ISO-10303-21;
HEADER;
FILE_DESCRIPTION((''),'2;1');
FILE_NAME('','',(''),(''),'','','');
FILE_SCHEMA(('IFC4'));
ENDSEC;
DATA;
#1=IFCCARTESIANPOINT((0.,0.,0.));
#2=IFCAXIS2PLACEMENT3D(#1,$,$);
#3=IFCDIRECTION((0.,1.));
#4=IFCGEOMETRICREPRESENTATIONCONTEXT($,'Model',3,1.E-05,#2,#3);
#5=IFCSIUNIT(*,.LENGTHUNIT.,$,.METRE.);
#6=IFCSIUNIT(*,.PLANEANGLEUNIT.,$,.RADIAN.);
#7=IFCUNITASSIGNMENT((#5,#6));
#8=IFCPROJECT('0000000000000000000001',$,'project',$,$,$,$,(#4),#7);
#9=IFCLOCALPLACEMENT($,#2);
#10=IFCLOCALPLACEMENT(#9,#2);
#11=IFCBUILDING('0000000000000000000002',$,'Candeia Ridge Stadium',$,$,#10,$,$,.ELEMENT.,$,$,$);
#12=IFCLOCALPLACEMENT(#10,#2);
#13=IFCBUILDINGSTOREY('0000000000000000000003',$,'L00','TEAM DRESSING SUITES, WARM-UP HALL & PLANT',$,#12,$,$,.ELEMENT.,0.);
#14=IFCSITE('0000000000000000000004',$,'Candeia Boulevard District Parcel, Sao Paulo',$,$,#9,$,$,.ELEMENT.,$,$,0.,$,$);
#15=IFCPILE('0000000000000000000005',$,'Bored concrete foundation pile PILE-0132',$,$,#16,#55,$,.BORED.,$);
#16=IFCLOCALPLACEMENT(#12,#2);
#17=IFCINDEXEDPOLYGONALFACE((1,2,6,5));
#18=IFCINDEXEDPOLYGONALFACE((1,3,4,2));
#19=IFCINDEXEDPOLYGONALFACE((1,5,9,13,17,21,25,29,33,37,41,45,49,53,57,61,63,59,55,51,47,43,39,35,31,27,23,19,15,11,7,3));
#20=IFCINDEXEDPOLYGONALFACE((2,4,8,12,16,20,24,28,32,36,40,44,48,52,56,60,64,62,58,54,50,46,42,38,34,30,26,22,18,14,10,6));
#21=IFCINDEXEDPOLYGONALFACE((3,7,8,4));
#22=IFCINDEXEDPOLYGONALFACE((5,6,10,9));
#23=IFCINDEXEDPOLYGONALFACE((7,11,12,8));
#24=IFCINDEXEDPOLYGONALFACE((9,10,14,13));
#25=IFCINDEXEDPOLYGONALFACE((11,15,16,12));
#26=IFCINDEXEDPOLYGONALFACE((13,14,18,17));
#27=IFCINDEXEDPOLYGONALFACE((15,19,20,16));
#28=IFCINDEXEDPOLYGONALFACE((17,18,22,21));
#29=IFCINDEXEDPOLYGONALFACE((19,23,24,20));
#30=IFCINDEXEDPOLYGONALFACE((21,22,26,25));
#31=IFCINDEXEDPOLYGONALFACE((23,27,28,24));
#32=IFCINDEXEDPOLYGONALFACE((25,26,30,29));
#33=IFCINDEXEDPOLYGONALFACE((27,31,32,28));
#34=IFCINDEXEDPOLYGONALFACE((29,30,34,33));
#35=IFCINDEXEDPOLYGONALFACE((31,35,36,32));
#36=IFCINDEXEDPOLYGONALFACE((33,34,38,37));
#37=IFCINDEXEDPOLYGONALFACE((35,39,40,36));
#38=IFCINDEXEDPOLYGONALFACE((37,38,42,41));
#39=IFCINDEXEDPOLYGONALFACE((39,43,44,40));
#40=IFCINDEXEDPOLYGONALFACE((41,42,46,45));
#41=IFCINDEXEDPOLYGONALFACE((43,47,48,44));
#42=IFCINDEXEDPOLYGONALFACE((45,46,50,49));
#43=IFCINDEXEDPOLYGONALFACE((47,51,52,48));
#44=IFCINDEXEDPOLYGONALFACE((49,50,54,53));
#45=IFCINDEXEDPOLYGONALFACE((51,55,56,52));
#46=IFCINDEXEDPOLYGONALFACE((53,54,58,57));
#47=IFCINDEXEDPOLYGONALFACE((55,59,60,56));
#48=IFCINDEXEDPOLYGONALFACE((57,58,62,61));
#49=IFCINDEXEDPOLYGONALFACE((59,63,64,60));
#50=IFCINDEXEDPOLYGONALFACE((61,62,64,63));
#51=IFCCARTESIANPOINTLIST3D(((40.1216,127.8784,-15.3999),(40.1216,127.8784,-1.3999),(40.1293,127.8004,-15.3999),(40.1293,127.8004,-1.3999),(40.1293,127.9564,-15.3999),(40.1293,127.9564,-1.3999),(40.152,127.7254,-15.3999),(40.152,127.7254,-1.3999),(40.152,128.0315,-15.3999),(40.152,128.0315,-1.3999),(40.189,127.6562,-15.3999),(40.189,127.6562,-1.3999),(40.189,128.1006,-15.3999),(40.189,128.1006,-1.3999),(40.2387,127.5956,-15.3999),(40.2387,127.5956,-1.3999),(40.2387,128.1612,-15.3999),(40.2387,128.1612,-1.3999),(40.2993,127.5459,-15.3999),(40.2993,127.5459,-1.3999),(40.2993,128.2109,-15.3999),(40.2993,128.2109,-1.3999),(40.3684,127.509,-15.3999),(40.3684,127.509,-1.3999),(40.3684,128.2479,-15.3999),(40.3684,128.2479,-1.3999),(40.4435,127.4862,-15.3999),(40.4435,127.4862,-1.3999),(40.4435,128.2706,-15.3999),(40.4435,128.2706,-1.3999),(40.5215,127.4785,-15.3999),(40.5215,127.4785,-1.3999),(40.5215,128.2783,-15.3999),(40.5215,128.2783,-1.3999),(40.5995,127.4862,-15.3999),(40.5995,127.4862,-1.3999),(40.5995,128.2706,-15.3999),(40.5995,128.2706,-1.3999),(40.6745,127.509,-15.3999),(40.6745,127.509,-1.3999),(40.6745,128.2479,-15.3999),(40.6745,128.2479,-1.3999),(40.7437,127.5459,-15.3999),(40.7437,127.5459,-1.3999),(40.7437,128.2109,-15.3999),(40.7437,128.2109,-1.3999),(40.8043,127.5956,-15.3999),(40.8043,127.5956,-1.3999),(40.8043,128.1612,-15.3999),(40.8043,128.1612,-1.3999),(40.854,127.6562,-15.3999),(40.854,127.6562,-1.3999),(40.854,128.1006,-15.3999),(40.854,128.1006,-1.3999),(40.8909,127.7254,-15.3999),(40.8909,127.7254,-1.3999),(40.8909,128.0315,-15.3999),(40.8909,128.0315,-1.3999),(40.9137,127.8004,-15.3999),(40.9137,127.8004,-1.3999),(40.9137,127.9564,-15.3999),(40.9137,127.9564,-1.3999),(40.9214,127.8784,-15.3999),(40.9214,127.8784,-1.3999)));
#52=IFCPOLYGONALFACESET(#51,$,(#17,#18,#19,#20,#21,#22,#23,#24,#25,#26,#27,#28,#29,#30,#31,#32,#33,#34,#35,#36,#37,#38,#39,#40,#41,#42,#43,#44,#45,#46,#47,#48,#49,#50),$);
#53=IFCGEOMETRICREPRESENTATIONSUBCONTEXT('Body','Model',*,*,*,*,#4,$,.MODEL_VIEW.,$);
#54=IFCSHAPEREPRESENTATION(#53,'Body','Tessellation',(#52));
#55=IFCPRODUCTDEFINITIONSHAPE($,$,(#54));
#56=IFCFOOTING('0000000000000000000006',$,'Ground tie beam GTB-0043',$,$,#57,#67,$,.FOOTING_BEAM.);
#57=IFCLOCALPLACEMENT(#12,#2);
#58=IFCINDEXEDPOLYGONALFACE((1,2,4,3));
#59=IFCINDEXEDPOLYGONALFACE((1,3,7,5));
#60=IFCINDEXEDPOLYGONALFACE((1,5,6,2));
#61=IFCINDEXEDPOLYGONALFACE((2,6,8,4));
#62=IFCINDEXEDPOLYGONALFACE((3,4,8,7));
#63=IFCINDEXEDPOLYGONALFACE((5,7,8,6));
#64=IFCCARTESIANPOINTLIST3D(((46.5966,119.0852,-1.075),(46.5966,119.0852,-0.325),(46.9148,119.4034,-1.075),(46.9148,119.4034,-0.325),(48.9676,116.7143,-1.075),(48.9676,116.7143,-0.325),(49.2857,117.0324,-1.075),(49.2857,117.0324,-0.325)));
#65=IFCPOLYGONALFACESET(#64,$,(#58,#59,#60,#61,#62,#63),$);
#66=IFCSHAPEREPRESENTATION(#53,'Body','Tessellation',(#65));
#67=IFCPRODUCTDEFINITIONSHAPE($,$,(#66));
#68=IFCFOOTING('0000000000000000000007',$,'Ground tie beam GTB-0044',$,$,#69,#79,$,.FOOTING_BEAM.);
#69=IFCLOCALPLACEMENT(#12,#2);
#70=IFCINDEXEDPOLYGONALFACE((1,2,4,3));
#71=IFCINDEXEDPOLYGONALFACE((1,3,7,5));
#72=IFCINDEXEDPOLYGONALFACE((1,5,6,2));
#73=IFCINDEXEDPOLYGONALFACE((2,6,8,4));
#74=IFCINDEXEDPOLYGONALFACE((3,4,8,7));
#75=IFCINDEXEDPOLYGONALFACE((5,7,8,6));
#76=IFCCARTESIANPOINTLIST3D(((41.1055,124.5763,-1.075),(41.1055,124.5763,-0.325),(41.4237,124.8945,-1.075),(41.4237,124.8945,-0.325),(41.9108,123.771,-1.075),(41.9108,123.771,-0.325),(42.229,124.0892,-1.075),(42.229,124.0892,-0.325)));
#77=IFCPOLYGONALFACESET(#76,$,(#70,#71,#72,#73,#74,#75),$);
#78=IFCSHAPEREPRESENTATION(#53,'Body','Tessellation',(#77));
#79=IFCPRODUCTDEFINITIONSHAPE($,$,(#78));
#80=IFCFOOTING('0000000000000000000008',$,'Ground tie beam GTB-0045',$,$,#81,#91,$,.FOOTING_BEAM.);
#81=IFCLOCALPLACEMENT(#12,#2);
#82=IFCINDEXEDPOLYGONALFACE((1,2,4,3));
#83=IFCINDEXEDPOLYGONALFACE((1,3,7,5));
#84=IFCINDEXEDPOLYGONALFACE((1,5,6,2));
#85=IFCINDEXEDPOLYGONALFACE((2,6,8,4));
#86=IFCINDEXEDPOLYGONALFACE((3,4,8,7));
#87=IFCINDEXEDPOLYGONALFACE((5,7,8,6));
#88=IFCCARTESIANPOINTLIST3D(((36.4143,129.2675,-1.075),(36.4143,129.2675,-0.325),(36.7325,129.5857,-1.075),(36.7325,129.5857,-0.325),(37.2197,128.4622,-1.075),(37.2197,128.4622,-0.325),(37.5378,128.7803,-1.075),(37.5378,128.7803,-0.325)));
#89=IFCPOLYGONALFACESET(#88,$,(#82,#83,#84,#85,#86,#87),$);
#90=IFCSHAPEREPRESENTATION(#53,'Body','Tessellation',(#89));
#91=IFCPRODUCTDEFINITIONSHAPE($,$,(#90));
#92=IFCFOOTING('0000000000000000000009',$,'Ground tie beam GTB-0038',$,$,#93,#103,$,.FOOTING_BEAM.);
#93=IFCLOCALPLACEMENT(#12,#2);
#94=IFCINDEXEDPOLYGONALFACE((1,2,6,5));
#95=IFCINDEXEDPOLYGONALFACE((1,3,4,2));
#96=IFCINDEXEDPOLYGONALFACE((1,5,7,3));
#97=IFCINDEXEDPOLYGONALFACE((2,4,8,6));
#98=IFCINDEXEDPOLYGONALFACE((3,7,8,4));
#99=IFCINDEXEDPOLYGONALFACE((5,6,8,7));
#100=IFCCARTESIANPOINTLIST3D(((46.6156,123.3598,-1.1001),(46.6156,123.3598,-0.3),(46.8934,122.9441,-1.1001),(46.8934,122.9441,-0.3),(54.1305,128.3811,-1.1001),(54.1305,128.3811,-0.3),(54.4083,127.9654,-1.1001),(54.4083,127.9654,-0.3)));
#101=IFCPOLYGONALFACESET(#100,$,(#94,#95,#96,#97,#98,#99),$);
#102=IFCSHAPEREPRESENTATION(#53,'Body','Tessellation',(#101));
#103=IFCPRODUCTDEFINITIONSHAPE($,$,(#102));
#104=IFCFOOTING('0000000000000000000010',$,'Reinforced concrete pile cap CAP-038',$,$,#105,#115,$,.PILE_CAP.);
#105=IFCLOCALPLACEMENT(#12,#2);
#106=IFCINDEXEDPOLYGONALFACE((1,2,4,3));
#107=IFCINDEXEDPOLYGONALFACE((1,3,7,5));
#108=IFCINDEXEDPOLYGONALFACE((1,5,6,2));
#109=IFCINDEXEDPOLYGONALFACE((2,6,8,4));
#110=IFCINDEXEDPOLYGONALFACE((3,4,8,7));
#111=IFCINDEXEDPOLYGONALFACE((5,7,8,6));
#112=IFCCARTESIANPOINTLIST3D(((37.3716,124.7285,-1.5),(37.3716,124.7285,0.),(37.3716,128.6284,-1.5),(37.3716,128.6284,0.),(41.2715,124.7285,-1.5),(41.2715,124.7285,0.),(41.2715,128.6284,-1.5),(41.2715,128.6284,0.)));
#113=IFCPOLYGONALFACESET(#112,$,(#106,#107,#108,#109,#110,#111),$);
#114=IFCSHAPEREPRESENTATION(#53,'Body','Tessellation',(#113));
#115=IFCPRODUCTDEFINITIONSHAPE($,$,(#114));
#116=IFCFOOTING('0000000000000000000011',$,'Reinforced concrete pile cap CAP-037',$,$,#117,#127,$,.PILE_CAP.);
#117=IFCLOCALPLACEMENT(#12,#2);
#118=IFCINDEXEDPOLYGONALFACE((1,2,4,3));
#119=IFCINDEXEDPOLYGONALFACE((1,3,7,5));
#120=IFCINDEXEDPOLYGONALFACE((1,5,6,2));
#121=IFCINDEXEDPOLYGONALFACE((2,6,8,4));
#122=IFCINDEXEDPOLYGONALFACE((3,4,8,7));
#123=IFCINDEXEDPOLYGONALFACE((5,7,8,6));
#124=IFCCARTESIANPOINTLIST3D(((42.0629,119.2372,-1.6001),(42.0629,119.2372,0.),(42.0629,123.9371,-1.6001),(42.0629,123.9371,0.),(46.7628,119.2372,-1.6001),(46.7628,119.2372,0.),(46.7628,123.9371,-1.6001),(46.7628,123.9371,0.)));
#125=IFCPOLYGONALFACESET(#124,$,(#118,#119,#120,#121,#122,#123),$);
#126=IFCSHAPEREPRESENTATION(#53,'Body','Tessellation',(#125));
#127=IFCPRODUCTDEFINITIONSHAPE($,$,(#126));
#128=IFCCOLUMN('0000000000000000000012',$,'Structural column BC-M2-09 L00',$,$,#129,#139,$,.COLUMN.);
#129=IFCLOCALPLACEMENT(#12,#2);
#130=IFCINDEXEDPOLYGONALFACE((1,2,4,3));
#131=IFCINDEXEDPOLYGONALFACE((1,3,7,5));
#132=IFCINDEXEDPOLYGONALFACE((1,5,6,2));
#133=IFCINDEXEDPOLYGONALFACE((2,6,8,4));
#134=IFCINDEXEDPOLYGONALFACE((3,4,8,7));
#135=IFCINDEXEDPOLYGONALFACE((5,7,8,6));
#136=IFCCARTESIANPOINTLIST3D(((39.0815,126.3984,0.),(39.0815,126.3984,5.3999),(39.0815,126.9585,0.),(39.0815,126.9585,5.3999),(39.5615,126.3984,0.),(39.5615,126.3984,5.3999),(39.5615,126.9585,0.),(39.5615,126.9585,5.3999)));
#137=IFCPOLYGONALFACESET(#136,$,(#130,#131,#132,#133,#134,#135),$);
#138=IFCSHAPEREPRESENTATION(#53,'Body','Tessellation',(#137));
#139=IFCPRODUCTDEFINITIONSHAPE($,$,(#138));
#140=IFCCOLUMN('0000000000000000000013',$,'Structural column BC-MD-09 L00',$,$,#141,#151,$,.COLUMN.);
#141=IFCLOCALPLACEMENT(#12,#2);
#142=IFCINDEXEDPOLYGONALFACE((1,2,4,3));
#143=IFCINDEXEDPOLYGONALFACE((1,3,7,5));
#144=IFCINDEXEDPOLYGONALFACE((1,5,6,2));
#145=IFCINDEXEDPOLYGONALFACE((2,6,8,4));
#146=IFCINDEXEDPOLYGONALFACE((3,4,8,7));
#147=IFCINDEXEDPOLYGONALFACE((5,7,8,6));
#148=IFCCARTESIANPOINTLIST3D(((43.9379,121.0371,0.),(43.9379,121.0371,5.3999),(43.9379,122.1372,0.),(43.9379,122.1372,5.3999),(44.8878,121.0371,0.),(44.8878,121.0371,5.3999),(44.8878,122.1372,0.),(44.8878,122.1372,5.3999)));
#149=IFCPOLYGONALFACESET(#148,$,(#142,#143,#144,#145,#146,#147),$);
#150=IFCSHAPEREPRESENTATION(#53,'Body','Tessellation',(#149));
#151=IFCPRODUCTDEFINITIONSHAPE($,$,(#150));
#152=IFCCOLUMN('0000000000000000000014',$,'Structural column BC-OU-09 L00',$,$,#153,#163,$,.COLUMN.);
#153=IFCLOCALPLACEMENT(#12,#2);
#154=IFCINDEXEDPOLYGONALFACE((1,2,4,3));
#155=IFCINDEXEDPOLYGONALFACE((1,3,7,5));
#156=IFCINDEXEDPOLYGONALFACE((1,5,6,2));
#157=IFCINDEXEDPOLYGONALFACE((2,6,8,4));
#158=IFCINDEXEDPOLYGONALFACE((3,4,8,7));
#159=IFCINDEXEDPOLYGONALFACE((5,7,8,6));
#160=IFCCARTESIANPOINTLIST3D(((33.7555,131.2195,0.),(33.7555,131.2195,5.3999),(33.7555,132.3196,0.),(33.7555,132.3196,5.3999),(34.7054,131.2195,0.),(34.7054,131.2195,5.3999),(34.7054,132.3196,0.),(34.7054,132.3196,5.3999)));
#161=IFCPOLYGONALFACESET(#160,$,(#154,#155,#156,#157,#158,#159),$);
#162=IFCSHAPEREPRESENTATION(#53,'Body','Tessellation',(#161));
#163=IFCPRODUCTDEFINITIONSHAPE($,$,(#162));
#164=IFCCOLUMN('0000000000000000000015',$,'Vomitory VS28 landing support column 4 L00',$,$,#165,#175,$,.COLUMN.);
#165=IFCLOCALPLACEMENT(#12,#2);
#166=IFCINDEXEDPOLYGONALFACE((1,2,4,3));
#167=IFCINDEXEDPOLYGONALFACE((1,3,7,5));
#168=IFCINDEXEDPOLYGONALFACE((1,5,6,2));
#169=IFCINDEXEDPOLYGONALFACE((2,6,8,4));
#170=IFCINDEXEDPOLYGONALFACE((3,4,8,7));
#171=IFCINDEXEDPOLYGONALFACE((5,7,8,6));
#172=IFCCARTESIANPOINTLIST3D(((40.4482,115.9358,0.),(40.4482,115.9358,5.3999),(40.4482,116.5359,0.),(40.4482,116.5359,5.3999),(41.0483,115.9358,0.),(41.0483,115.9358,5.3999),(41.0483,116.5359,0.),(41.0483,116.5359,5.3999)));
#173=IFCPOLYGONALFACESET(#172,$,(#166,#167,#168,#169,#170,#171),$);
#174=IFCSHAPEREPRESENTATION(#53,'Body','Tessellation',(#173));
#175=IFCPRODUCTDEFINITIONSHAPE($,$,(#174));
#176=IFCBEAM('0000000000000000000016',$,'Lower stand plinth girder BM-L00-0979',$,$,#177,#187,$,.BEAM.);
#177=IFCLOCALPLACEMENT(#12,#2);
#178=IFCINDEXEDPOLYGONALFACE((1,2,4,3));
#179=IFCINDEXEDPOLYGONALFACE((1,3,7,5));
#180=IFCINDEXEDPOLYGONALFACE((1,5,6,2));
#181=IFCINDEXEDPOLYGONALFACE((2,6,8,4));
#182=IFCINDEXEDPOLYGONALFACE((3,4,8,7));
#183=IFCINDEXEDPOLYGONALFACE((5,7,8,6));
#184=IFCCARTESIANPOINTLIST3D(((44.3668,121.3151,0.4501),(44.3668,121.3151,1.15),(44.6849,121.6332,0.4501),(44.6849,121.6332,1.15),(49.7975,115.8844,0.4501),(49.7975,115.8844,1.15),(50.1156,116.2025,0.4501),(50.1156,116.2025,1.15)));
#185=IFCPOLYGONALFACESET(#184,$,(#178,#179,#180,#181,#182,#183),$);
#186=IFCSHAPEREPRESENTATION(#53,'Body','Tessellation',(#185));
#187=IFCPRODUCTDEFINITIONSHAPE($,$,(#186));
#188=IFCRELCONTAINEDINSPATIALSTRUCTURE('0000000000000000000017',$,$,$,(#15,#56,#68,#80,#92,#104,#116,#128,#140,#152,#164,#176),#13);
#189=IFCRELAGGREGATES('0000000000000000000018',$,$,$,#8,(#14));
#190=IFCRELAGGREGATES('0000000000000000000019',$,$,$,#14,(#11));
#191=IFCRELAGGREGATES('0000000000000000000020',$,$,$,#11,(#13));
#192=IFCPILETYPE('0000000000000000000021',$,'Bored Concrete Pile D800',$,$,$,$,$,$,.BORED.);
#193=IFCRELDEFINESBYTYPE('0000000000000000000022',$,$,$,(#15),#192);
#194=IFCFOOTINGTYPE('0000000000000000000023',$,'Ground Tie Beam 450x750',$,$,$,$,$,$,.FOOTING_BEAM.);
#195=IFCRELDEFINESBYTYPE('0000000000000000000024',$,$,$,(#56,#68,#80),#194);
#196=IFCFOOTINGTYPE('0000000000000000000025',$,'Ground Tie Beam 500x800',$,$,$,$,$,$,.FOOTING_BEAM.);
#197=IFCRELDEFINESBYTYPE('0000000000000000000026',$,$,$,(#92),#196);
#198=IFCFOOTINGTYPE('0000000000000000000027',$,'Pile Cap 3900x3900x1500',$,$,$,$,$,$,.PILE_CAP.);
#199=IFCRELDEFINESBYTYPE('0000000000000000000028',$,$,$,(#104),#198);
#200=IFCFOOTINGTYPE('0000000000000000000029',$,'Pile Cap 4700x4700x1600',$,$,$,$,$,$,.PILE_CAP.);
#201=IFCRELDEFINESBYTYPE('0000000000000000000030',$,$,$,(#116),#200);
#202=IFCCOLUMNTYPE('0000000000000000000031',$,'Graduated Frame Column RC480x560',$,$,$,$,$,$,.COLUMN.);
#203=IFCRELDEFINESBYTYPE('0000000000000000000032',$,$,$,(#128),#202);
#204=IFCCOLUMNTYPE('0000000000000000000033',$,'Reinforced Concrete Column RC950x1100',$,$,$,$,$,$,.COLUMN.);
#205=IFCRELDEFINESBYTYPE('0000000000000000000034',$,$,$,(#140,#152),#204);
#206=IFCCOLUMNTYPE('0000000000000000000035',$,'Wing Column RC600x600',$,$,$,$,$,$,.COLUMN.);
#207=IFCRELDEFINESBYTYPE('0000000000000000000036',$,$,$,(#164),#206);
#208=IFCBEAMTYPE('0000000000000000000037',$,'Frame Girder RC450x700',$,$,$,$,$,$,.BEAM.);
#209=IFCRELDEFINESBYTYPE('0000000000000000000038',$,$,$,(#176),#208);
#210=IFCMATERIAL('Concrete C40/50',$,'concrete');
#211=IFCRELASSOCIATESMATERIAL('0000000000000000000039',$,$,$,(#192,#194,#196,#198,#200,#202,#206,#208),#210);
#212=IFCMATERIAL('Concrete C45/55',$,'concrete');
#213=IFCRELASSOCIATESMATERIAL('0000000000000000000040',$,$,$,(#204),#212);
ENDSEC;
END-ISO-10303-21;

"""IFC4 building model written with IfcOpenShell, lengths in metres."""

from ifc_helpers import new_model, si_unit, direction, frame, origin, origin_2d, place, context, subcontext, project, spatial, rectangle, circle, extrude, material, material_profile, profile_set, type_object, element, save


model = new_model("IFC4")

# Units and contexts
model_context = context("Model", 3, precision=1e-05, world=origin(), true_north=direction((0.0, 1.0)))
body_context = subcontext(model_context, "Body", "Model", "MODEL_VIEW")
ifc_project = project(units=[si_unit("LENGTHUNIT", "METRE"), si_unit("PLANEANGLEUNIT", "RADIAN")], contexts=[model_context])

# Site, building, storey
site_placement = place(None, origin())
site = spatial("IfcSite", under=ifc_project, at=site_placement, Name="Candeia Boulevard District Parcel, Sao Paulo", CompositionType="ELEMENT", RefElevation=0.0)
building_placement = place(site_placement, origin())
building = spatial("IfcBuilding", under=site, at=building_placement, Name="Candeia Ridge Stadium", CompositionType="ELEMENT")
storey_placement = place(building_placement, origin())
storey = spatial("IfcBuildingStorey", under=building, at=storey_placement, Name="L00", Description="TEAM DRESSING SUITES, WARM-UP HALL & PLANT", CompositionType="ELEMENT", Elevation=0.0)

# Pile
ifc_material_1 = material(Name="Concrete C40/50", Category="concrete")
ifc_material_profile_1 = material_profile(ifc_material_1, circle(Radius=0.3999, at=origin_2d()), Name="PILE-D800", Category="concrete")
ifc_profile_set_1 = profile_set([ifc_material_profile_1], Name="Concrete C40/50")
pile_type_1 = type_object("IfcPileType", Name="Bored Concrete Pile D800", PredefinedType="BORED", material=ifc_profile_set_1)
for number, where, z_axis, x_axis, name in (
    (1, (40.5215, 127.8784, -1.3999), (0.0, 0.0, -1.0), (1.0, 0.0, 0.0), "Bored concrete foundation pile PILE-0132"),
):
    element("IfcPile", number, at=place(storey_placement, frame(where, z_axis=z_axis, x_axis=x_axis)), inside=storey, type_object=pile_type_1, Name=name, PredefinedType="BORED", context=body_context, shape_type="SweptSolid", body=[
        extrude(circle(Radius=0.3999, at=origin_2d()), origin(), (0.0, 0.0, 1.0), 14.0),
    ])

# Footings
footing_type_1 = type_object("IfcFootingType", Name="Ground Tie Beam 450x750", PredefinedType="FOOTING_BEAM", material=ifc_material_1)
footing_1_placement = place(storey_placement, frame((47.9412, 118.0588, -1.075), z_axis=(0.0, 0.0, 1.0), x_axis=(-0.707107, 0.707107, 0.0)))
element("IfcFooting", 2, at=footing_1_placement, inside=storey, type_object=footing_type_1, Name="Ground tie beam GTB-0043", PredefinedType="FOOTING_BEAM", context=body_context, shape_type="SweptSolid", body=[
    extrude(rectangle(XDim=3.353, YDim=0.45, at=origin_2d()), origin(), (0.0, 0.0, 1.0), 0.75),
])
for number, where, z_axis, x_axis, name in (
    (3, (41.6672, 124.3328, -1.075), (0.0, 0.0, 1.0), (-0.707107, 0.707107, 0.0), "Ground tie beam GTB-0044"),
    (4, (36.9761, 129.0239, -1.075), (0.0, 0.0, 1.0), (-0.707107, 0.707107, 0.0), "Ground tie beam GTB-0045"),
):
    element("IfcFooting", number, at=place(storey_placement, frame(where, z_axis=z_axis, x_axis=x_axis)), inside=storey, type_object=footing_type_1, Name=name, PredefinedType="FOOTING_BEAM", context=body_context, shape_type="SweptSolid", body=[
        extrude(rectangle(XDim=1.1389, YDim=0.45, at=origin_2d()), origin(), (0.0, 0.0, 1.0), 0.75),
    ])
footing_type_2 = type_object("IfcFootingType", Name="Ground Tie Beam 500x800", PredefinedType="FOOTING_BEAM", material=ifc_material_1)
footing_2_placement = place(storey_placement, frame((50.512, 125.6626, -1.1001), z_axis=(0.0, 0.0, 1.0), x_axis=(-0.831469, -0.555571, 0.0)))
element("IfcFooting", 5, at=footing_2_placement, inside=storey, type_object=footing_type_2, Name="Ground tie beam GTB-0038", PredefinedType="FOOTING_BEAM", context=body_context, shape_type="SweptSolid", body=[
    extrude(rectangle(XDim=9.0381, YDim=0.5, at=origin_2d()), origin(), (0.0, 0.0, 1.0), 0.8),
])
footing_type_3 = type_object("IfcFootingType", Name="Pile Cap 3900x3900x1500", PredefinedType="PILE_CAP", material=ifc_material_1)
footing_3_placement = place(storey_placement, frame((39.3215, 126.6785, -1.5), z_axis=(0.0, 0.0, 1.0), x_axis=(1.0, 0.0, 0.0)))
element("IfcFooting", 6, at=footing_3_placement, inside=storey, type_object=footing_type_3, Name="Reinforced concrete pile cap CAP-038", PredefinedType="PILE_CAP", context=body_context, shape_type="SweptSolid", body=[
    extrude(rectangle(XDim=3.8999, YDim=3.8999, at=origin_2d()), origin(), (0.0, 0.0, 1.0), 1.5),
])
footing_type_4 = type_object("IfcFootingType", Name="Pile Cap 4700x4700x1600", PredefinedType="PILE_CAP", material=ifc_material_1)
footing_4_placement = place(storey_placement, frame((44.4128, 121.5872, -1.6001), z_axis=(0.0, 0.0, 1.0), x_axis=(1.0, 0.0, 0.0)))
element("IfcFooting", 7, at=footing_4_placement, inside=storey, type_object=footing_type_4, Name="Reinforced concrete pile cap CAP-037", PredefinedType="PILE_CAP", context=body_context, shape_type="SweptSolid", body=[
    extrude(rectangle(XDim=4.7, YDim=4.7, at=origin_2d()), origin(), (0.0, 0.0, 1.0), 1.6001),
])

# Columns
ifc_material_profile_2 = material_profile(ifc_material_1, rectangle(XDim=0.48, YDim=0.5601, at=origin_2d()), Name="RC480x560", Category="concrete")
ifc_profile_set_2 = profile_set([ifc_material_profile_2], Name="Concrete C40/50")
column_type_1 = type_object("IfcColumnType", Name="Graduated Frame Column RC480x560", PredefinedType="COLUMN", material=ifc_profile_set_2)
column_1_placement = place(storey_placement, frame((39.3215, 126.6785, 0.0), z_axis=(0.0, 0.0, 1.0), x_axis=(1.0, 0.0, 0.0)))
element("IfcColumn", 8, at=column_1_placement, inside=storey, type_object=column_type_1, Name="Structural column BC-M2-09 L00", PredefinedType="COLUMN", context=body_context, shape_type="SweptSolid", body=[
    extrude(rectangle(XDim=0.48, YDim=0.5601, at=origin_2d()), origin(), (0.0, 0.0, 1.0), 5.3999),
])
ifc_material_2 = material(Name="Concrete C45/55", Category="concrete")
ifc_material_profile_3 = material_profile(ifc_material_2, rectangle(XDim=0.95, YDim=1.1001, at=origin_2d()), Name="RC950x1100", Category="concrete")
ifc_profile_set_3 = profile_set([ifc_material_profile_3], Name="Concrete C45/55")
column_type_2 = type_object("IfcColumnType", Name="Reinforced Concrete Column RC950x1100", PredefinedType="COLUMN", material=ifc_profile_set_3)
for number, where, z_axis, x_axis, name in (
    (9, (44.4128, 121.5872, 0.0), (0.0, 0.0, 1.0), (1.0, 0.0, 0.0), "Structural column BC-MD-09 L00"),
    (10, (34.2305, 131.7695, 0.0), (0.0, 0.0, 1.0), (1.0, 0.0, 0.0), "Structural column BC-OU-09 L00"),
):
    element("IfcColumn", number, at=place(storey_placement, frame(where, z_axis=z_axis, x_axis=x_axis)), inside=storey, type_object=column_type_2, Name=name, PredefinedType="COLUMN", context=body_context, shape_type="SweptSolid", body=[
        extrude(rectangle(XDim=0.95, YDim=1.1001, at=origin_2d()), origin(), (0.0, 0.0, 1.0), 5.3999),
    ])
ifc_material_profile_4 = material_profile(ifc_material_1, rectangle(XDim=0.6001, YDim=0.6001, at=origin_2d()), Name="RC600x600", Category="concrete")
ifc_profile_set_4 = profile_set([ifc_material_profile_4], Name="Concrete C40/50")
column_type_3 = type_object("IfcColumnType", Name="Wing Column RC600x600", PredefinedType="COLUMN", material=ifc_profile_set_4)
column_2_placement = place(storey_placement, frame((40.7483, 116.2358, 0.0), z_axis=(0.0, 0.0, 1.0), x_axis=(1.0, 0.0, 0.0)))
element("IfcColumn", 11, at=column_2_placement, inside=storey, type_object=column_type_3, Name="Vomitory VS28 landing support column 4 L00", PredefinedType="COLUMN", context=body_context, shape_type="SweptSolid", body=[
    extrude(rectangle(XDim=0.6001, YDim=0.6001, at=origin_2d()), origin(), (0.0, 0.0, 1.0), 5.3999),
])

# Beam
ifc_material_profile_5 = material_profile(ifc_material_1, rectangle(XDim=0.45, YDim=0.7, at=origin_2d()), Name="RC450x700", Category="concrete")
ifc_profile_set_5 = profile_set([ifc_material_profile_5], Name="Concrete C40/50")
beam_type = type_object("IfcBeamType", Name="Frame Girder RC450x700", PredefinedType="BEAM", material=ifc_profile_set_5)
beam_placement = place(storey_placement, frame((49.9565, 116.0435, 0.8), z_axis=(-0.707107, 0.707107, 0.0), x_axis=(-0.707107, -0.707107, 0.0)))
element("IfcBeam", 12, at=beam_placement, inside=storey, type_object=beam_type, Name="Lower stand plinth girder BM-L00-0979", PredefinedType="BEAM", context=body_context, shape_type="SweptSolid", body=[
    extrude(rectangle(XDim=0.45, YDim=0.7, at=origin_2d()), origin(), (0.0, 0.0, 1.0), 7.6802),
])

save(model, "model.ifc")
